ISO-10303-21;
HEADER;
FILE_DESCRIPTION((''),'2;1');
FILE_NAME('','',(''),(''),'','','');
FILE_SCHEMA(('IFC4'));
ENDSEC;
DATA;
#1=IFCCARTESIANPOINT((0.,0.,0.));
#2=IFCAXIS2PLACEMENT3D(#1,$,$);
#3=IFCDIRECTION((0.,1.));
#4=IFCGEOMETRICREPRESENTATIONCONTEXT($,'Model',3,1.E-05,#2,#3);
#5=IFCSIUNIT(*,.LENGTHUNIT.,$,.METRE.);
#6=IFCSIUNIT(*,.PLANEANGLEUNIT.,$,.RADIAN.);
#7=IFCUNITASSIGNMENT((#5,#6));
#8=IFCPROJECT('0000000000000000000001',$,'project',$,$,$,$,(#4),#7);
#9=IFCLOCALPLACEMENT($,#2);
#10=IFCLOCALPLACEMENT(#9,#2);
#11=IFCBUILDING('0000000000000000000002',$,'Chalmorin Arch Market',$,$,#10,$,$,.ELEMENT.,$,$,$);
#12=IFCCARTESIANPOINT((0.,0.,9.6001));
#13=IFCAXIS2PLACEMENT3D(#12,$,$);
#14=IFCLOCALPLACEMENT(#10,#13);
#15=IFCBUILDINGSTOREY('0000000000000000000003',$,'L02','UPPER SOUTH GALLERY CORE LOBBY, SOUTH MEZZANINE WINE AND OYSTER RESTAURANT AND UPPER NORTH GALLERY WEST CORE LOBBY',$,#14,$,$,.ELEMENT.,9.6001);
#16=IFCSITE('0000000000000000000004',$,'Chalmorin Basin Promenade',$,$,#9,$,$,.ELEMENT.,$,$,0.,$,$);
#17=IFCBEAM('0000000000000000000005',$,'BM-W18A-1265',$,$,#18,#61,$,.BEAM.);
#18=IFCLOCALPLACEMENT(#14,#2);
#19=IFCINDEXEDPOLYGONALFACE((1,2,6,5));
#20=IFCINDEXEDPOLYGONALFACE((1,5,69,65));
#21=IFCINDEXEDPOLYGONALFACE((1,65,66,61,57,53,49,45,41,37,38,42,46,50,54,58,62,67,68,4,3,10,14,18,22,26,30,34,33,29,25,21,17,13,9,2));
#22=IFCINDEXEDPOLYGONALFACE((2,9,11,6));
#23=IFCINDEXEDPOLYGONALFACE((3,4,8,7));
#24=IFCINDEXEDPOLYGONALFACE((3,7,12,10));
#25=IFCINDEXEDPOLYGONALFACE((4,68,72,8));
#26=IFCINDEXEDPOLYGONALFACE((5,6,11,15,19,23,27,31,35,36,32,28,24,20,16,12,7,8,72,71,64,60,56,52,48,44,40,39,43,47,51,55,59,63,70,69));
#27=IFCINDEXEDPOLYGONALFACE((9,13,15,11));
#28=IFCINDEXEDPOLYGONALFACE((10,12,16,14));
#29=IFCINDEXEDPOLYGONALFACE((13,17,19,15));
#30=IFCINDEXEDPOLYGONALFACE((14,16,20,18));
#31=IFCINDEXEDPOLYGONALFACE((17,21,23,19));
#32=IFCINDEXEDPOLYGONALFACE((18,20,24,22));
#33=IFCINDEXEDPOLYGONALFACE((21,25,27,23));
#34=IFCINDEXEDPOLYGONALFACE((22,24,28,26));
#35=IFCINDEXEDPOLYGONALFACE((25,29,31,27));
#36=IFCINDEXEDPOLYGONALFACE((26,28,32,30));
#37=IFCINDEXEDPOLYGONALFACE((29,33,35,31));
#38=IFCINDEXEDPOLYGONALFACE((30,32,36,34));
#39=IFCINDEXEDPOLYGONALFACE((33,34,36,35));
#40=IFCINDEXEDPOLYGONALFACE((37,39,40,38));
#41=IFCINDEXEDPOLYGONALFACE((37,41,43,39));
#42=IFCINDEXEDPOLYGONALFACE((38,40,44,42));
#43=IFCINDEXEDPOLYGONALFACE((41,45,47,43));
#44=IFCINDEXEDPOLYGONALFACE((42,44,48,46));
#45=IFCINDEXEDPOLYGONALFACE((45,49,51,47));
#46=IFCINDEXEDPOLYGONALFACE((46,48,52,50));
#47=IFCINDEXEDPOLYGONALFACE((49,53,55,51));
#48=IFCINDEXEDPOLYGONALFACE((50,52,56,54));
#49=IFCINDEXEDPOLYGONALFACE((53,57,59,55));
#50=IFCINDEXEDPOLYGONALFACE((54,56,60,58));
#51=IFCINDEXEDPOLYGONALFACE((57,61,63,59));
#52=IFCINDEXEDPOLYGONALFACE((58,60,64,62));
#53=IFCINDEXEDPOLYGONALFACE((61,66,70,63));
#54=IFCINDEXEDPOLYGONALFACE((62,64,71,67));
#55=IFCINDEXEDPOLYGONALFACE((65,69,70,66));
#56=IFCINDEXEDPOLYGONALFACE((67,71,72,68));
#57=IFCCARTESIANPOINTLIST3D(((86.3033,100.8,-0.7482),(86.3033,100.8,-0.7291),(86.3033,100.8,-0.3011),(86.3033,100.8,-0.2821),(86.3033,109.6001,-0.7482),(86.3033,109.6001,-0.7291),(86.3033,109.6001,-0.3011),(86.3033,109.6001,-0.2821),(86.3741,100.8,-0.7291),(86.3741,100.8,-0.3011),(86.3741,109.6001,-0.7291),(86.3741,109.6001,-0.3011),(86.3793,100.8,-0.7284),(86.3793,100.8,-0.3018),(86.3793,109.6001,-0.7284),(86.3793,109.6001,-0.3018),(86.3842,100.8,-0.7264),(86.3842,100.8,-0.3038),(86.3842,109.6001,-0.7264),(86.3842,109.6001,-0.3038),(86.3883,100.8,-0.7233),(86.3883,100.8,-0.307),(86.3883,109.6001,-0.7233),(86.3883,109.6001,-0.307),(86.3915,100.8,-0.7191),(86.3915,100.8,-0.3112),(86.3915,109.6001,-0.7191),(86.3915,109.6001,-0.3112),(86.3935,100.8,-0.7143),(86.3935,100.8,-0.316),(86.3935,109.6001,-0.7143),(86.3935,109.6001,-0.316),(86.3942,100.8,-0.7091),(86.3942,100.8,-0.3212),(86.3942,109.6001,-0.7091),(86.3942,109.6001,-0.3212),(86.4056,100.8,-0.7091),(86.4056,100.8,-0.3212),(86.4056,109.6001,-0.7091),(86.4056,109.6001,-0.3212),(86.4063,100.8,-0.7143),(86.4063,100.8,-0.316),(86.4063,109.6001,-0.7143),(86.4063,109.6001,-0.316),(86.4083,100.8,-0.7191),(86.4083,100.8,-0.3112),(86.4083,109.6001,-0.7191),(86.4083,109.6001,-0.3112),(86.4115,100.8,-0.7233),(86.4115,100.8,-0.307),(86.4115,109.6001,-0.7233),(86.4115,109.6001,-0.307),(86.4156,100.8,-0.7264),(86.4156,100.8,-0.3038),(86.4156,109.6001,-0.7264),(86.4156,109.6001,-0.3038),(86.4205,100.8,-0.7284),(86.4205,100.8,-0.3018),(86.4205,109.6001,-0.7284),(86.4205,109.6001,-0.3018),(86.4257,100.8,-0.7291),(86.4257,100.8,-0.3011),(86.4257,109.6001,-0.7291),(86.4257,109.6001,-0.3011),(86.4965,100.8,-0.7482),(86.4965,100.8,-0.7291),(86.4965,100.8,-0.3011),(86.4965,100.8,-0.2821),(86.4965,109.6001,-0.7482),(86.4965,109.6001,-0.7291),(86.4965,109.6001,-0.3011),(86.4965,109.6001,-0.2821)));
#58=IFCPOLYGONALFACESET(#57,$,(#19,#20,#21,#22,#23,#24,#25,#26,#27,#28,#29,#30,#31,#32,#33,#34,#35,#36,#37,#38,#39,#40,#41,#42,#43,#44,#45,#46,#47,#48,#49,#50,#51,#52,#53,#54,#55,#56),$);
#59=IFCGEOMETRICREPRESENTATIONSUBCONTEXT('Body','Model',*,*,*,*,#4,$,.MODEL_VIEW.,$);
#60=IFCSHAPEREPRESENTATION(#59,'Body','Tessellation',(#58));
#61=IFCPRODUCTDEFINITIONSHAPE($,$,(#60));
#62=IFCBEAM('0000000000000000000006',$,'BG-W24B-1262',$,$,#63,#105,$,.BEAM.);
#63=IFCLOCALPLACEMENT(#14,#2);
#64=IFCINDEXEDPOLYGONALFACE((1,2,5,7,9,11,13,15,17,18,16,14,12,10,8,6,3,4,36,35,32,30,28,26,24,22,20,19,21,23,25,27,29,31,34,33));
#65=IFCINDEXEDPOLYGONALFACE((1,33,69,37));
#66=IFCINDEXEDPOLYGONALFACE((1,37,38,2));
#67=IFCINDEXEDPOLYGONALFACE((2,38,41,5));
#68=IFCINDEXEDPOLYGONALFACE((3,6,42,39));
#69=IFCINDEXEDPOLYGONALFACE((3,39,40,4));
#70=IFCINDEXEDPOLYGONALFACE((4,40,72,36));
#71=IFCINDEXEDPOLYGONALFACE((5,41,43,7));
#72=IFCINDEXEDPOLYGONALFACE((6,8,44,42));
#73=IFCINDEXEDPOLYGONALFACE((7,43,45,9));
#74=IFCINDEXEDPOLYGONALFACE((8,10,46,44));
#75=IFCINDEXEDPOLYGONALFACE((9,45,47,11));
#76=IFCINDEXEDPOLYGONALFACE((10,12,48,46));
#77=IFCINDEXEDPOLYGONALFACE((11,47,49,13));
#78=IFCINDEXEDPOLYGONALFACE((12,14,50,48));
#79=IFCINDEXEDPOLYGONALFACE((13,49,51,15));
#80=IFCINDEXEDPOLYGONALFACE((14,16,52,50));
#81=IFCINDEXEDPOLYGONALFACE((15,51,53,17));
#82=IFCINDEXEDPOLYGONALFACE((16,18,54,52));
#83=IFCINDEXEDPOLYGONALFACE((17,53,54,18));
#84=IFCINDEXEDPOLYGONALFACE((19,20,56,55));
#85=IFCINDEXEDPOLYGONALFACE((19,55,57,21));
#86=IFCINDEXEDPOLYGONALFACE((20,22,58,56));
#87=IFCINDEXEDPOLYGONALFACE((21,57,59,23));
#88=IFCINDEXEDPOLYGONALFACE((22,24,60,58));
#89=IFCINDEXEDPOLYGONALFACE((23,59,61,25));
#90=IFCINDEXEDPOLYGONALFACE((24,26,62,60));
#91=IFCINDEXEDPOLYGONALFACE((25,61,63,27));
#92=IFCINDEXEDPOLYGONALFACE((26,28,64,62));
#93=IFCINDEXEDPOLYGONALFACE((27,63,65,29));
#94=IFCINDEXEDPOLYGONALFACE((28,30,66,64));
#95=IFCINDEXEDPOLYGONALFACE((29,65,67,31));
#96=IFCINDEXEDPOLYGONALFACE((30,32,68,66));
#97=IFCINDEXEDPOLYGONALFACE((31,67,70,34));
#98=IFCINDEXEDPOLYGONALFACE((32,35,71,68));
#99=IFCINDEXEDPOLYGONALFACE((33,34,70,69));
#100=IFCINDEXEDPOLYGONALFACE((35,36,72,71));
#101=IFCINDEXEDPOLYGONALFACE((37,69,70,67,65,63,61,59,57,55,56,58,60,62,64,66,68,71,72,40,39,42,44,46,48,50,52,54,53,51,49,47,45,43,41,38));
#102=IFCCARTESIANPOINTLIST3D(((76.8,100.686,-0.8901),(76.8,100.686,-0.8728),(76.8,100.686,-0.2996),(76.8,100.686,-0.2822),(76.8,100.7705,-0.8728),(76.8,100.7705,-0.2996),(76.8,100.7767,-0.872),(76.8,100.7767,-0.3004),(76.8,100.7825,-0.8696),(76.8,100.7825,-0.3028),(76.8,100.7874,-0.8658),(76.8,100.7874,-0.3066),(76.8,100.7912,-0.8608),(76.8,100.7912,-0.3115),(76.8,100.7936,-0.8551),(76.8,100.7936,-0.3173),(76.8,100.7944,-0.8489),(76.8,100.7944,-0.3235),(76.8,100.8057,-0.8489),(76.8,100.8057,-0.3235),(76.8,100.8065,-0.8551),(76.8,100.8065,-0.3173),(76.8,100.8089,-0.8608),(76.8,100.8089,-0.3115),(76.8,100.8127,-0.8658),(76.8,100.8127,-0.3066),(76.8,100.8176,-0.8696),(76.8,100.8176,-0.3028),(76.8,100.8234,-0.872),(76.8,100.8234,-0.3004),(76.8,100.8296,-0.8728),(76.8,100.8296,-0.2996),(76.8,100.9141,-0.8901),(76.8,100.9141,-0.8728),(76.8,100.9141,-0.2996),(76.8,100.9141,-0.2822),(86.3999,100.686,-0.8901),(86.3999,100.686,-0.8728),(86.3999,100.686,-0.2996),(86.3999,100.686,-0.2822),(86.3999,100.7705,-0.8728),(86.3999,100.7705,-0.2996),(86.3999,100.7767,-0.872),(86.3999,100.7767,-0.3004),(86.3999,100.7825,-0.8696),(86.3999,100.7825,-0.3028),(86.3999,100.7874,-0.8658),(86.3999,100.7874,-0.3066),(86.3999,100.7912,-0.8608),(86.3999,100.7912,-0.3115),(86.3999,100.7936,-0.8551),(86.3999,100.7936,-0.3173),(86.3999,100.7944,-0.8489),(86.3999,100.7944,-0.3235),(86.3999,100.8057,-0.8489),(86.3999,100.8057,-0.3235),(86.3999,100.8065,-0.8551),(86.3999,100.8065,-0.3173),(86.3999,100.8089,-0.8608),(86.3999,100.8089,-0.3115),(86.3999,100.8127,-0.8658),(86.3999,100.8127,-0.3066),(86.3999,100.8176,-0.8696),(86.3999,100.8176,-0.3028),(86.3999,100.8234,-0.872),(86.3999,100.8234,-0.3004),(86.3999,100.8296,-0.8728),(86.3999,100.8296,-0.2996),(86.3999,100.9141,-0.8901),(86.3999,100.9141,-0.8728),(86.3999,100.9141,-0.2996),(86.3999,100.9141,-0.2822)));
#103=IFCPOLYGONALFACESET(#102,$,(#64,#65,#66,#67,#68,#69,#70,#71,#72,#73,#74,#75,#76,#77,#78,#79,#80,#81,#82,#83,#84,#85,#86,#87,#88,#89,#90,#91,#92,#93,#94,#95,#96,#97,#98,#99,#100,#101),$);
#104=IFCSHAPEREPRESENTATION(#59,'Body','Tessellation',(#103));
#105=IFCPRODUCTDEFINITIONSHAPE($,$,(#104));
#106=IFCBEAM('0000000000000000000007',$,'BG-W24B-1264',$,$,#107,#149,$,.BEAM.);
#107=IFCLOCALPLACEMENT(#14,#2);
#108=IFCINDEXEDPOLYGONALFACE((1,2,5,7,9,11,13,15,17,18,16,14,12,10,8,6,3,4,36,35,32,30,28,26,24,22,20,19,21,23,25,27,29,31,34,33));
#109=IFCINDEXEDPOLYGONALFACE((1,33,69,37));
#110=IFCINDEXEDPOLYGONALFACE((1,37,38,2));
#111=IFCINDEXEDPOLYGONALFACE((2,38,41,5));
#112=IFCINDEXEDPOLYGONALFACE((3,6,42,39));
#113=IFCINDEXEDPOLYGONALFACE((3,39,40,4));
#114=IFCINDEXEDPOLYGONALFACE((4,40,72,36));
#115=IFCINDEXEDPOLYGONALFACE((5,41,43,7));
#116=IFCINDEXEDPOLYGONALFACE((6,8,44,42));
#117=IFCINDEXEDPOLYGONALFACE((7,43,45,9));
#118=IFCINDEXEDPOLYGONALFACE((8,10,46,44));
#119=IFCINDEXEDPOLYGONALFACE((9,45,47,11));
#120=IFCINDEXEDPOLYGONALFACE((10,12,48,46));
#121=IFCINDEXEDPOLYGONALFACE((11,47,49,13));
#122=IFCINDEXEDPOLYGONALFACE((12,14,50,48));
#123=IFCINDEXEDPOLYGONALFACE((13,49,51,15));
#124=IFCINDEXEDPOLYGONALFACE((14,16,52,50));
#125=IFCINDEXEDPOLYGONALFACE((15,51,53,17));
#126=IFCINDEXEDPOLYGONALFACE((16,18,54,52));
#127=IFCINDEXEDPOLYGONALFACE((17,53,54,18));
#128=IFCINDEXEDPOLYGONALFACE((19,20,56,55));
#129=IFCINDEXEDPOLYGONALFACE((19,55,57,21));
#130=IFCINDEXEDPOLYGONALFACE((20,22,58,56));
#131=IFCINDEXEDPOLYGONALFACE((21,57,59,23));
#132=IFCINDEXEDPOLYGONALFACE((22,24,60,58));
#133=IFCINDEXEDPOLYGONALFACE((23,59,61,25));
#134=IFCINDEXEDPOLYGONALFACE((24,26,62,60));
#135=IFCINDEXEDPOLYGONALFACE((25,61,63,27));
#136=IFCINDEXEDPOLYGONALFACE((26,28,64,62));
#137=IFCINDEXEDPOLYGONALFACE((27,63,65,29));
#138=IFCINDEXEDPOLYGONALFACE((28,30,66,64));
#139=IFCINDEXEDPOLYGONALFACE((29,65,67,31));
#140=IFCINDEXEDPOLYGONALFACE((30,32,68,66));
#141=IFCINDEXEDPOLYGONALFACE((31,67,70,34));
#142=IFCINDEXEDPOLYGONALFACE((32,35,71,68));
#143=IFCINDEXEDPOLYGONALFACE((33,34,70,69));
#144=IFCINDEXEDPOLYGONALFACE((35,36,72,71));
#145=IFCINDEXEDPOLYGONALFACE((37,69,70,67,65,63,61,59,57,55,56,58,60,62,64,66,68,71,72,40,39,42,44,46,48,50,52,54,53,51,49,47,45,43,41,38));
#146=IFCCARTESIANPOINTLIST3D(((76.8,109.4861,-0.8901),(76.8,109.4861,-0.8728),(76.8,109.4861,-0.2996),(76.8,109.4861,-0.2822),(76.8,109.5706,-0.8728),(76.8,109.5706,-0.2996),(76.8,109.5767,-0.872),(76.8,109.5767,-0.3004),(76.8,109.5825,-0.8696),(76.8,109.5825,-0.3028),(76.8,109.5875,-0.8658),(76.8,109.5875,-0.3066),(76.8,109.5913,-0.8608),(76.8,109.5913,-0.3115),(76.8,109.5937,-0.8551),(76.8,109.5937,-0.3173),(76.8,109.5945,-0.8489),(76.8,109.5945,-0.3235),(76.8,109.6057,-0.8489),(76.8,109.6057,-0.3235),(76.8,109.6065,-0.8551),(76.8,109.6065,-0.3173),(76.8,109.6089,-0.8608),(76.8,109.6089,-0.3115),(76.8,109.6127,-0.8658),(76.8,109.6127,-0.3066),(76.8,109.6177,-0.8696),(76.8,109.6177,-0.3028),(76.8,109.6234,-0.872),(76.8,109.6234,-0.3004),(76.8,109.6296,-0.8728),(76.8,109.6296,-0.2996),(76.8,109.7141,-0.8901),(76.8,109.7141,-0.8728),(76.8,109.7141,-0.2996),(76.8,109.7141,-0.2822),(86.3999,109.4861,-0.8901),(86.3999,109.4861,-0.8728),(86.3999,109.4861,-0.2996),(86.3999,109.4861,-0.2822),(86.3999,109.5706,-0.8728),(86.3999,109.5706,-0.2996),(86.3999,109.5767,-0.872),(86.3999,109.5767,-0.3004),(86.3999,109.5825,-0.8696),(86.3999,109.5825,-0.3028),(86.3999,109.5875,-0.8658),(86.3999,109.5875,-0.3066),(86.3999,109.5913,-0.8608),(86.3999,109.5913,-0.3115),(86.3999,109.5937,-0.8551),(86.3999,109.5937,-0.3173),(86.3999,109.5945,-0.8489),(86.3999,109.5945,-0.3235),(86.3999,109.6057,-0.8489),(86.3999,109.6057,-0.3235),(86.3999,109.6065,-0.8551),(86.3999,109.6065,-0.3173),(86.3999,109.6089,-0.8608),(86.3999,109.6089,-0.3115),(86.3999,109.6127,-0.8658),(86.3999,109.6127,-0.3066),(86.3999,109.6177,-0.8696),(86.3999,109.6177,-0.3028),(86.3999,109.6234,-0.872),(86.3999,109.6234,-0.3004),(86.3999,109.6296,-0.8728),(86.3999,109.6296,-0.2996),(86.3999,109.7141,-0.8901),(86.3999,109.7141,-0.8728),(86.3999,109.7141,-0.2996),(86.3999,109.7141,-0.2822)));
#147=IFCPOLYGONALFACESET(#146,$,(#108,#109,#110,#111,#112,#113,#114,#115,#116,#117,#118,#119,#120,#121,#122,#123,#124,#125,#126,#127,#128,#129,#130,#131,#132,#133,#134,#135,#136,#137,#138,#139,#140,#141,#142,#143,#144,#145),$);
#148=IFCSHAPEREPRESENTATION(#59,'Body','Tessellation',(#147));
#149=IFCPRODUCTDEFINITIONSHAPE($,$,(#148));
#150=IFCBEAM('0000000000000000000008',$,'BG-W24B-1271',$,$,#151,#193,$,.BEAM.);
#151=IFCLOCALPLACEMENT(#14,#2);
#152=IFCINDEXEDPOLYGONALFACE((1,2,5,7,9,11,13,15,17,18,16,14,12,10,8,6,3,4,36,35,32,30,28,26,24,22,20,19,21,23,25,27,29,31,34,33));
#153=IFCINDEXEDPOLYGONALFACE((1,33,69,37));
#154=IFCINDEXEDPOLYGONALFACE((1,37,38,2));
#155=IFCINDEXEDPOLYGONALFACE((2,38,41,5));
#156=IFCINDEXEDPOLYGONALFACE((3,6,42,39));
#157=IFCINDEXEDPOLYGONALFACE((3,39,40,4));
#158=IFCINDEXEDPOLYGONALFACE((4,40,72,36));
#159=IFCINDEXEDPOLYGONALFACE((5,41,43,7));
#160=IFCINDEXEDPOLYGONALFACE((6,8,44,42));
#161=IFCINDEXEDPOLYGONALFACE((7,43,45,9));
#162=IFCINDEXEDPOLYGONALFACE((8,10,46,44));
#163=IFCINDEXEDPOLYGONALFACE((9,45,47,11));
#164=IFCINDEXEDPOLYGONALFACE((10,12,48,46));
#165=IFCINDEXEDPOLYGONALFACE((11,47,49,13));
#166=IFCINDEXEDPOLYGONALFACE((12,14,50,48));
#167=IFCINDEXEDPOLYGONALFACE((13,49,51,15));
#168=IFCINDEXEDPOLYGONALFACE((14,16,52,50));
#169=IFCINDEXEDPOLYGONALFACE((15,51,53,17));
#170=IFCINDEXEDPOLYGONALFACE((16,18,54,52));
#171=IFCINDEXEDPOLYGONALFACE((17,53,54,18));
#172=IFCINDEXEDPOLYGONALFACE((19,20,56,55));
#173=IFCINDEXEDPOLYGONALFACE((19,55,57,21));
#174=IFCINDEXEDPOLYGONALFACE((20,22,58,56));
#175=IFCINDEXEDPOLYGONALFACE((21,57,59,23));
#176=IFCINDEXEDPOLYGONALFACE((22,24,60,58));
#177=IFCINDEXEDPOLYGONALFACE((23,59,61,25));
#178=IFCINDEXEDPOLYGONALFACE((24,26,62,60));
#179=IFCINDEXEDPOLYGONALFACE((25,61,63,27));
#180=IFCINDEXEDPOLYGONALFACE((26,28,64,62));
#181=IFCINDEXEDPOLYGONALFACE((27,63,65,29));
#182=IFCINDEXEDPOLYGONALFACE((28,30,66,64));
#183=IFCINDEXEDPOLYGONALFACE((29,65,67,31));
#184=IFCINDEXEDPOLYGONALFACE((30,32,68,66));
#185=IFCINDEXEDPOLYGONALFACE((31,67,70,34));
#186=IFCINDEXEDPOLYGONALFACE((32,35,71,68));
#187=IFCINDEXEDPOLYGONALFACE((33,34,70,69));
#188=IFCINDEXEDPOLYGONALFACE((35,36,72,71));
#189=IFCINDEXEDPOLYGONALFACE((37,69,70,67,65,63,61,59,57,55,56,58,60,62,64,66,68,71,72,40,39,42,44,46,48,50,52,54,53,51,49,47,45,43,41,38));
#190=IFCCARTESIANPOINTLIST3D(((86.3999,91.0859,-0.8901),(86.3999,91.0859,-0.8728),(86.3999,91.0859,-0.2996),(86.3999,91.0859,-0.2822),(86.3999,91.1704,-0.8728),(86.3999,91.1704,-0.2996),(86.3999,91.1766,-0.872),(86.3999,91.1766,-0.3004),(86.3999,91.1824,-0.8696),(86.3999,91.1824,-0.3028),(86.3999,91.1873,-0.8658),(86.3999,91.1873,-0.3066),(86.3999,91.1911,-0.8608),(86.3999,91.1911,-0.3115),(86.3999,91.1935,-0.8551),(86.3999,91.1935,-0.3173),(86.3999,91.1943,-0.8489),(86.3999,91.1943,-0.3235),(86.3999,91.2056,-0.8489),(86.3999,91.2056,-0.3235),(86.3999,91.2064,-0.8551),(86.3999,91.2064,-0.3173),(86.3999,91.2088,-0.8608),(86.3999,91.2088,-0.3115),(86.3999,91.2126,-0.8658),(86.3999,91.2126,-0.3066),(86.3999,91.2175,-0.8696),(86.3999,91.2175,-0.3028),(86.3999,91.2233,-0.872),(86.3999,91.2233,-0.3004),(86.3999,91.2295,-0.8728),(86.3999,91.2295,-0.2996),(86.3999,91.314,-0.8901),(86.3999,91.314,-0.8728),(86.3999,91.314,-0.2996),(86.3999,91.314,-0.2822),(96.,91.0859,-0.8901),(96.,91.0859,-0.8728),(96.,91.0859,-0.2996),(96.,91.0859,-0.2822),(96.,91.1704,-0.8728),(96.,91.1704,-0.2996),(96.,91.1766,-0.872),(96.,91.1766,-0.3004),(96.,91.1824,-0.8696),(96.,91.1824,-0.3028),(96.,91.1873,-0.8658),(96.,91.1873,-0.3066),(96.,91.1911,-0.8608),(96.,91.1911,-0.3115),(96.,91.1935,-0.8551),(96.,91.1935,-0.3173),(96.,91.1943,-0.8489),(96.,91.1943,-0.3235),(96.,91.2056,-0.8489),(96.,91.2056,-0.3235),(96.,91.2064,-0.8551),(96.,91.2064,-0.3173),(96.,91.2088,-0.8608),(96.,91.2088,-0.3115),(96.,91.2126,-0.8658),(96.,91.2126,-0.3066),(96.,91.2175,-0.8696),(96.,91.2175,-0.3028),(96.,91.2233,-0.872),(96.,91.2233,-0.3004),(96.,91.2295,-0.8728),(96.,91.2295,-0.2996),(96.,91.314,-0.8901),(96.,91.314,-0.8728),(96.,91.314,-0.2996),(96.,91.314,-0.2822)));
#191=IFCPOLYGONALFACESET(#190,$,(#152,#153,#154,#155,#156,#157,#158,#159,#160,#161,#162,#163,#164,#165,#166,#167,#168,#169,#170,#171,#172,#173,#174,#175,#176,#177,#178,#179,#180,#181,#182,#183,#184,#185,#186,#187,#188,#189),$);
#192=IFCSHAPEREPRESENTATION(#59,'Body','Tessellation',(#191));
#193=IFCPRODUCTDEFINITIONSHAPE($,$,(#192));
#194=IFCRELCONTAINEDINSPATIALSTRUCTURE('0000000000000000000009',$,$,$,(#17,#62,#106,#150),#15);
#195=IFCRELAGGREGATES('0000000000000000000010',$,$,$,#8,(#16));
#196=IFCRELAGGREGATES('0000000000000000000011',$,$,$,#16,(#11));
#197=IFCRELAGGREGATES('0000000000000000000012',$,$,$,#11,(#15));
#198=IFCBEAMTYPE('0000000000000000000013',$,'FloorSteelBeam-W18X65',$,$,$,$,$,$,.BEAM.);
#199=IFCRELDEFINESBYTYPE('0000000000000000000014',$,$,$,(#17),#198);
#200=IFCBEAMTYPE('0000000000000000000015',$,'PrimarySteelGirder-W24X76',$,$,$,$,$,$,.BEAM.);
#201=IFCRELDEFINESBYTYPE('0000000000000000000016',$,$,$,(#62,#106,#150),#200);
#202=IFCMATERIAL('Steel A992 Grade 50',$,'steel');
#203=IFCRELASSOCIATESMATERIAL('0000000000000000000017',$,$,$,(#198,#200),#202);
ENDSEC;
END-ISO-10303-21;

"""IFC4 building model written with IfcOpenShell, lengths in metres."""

from ifc_helpers import new_model, si_unit, direction, frame, origin, origin_2d, place, context, subcontext, project, spatial, i_section, extrude, material, material_profile, profile_set, type_object, element, save


model = new_model("IFC4")

# Units and contexts
model_context = context("Model", 3, precision=1e-05, world=origin(), true_north=direction((0.0, 1.0)))
body_context = subcontext(model_context, "Body", "Model", "MODEL_VIEW")
ifc_project = project(units=[si_unit("LENGTHUNIT", "METRE"), si_unit("PLANEANGLEUNIT", "RADIAN")], contexts=[model_context])

# Site, building, storey
site_placement = place(None, origin())
site = spatial("IfcSite", under=ifc_project, at=site_placement, Name="Chalmorin Basin Promenade", CompositionType="ELEMENT", RefElevation=0.0)
building_placement = place(site_placement, origin())
building = spatial("IfcBuilding", under=site, at=building_placement, Name="Chalmorin Arch Market", CompositionType="ELEMENT")
storey_placement = place(building_placement, frame((0.0, 0.0, 9.6001)))
storey = spatial("IfcBuildingStorey", under=building, at=storey_placement, Name="L02", Description="UPPER SOUTH GALLERY CORE LOBBY, SOUTH MEZZANINE WINE AND OYSTER RESTAURANT AND UPPER NORTH GALLERY WEST CORE LOBBY", CompositionType="ELEMENT", Elevation=9.6001)

# Beams
ifc_material_1 = material(Name="Steel A992 Grade 50", Category="steel")
ifc_material_profile_1 = material_profile(ifc_material_1, i_section(OverallWidth=0.1931, OverallDepth=0.4661, WebThickness=0.0115, FlangeThickness=0.019, FilletRadius=0.02, at=origin_2d()), Name="W18X65")
ifc_profile_set_1 = profile_set([ifc_material_profile_1], Name="Steel A992 Grade 50")
beam_type_1 = type_object("IfcBeamType", Name="FloorSteelBeam-W18X65", PredefinedType="BEAM", material=ifc_profile_set_1)
beam_1_placement = place(storey_placement, frame((86.3999, 100.8, -0.5151), z_axis=(0.0, 1.0, 0.0), x_axis=(-1.0, 0.0, 0.0)))
element("IfcBeam", 1, at=beam_1_placement, inside=storey, type_object=beam_type_1, Name="BM-W18A-1265", PredefinedType="BEAM", context=body_context, shape_type="SweptSolid", body=[
    extrude(i_section(OverallWidth=0.1931, OverallDepth=0.4661, WebThickness=0.0115, FlangeThickness=0.019, FilletRadius=0.02, at=origin_2d()), origin(), (0.0, 0.0, 1.0), 8.8),
])
ifc_material_profile_2 = material_profile(ifc_material_1, i_section(OverallWidth=0.228, OverallDepth=0.6079, WebThickness=0.0112, FlangeThickness=0.0173, FilletRadius=0.0239, at=origin_2d()), Name="W24X76")
ifc_profile_set_2 = profile_set([ifc_material_profile_2], Name="Steel A992 Grade 50")
beam_type_2 = type_object("IfcBeamType", Name="PrimarySteelGirder-W24X76", PredefinedType="BEAM", material=ifc_profile_set_2)
for number, where, z_axis, x_axis, name in (
    (2, (76.8, 100.8, -0.5862), (1.0, 0.0, 0.0), (0.0, 1.0, 0.0), "BG-W24B-1262"),
    (3, (76.8, 109.6001, -0.5862), (1.0, 0.0, 0.0), (0.0, 1.0, 0.0), "BG-W24B-1264"),
):
    element("IfcBeam", number, at=place(storey_placement, frame(where, z_axis=z_axis, x_axis=x_axis)), inside=storey, type_object=beam_type_2, Name=name, PredefinedType="BEAM", context=body_context, shape_type="SweptSolid", body=[
        extrude(i_section(OverallWidth=0.228, OverallDepth=0.6079, WebThickness=0.0112, FlangeThickness=0.0173, FilletRadius=0.0239, at=origin_2d()), origin(), (0.0, 0.0, 1.0), 9.5999),
    ])
for number, where, z_axis, x_axis, name in (
    (4, (86.3999, 91.2, -0.5862), (1.0, 0.0, 0.0), (0.0, 1.0, 0.0), "BG-W24B-1271"),
):
    element("IfcBeam", number, at=place(storey_placement, frame(where, z_axis=z_axis, x_axis=x_axis)), inside=storey, type_object=beam_type_2, Name=name, PredefinedType="BEAM", context=body_context, shape_type="SweptSolid", body=[
        extrude(i_section(OverallWidth=0.228, OverallDepth=0.6079, WebThickness=0.0112, FlangeThickness=0.0173, FilletRadius=0.0239, at=origin_2d()), origin(), (0.0, 0.0, 1.0), 9.6001),
    ])

save(model, "model.ifc")
